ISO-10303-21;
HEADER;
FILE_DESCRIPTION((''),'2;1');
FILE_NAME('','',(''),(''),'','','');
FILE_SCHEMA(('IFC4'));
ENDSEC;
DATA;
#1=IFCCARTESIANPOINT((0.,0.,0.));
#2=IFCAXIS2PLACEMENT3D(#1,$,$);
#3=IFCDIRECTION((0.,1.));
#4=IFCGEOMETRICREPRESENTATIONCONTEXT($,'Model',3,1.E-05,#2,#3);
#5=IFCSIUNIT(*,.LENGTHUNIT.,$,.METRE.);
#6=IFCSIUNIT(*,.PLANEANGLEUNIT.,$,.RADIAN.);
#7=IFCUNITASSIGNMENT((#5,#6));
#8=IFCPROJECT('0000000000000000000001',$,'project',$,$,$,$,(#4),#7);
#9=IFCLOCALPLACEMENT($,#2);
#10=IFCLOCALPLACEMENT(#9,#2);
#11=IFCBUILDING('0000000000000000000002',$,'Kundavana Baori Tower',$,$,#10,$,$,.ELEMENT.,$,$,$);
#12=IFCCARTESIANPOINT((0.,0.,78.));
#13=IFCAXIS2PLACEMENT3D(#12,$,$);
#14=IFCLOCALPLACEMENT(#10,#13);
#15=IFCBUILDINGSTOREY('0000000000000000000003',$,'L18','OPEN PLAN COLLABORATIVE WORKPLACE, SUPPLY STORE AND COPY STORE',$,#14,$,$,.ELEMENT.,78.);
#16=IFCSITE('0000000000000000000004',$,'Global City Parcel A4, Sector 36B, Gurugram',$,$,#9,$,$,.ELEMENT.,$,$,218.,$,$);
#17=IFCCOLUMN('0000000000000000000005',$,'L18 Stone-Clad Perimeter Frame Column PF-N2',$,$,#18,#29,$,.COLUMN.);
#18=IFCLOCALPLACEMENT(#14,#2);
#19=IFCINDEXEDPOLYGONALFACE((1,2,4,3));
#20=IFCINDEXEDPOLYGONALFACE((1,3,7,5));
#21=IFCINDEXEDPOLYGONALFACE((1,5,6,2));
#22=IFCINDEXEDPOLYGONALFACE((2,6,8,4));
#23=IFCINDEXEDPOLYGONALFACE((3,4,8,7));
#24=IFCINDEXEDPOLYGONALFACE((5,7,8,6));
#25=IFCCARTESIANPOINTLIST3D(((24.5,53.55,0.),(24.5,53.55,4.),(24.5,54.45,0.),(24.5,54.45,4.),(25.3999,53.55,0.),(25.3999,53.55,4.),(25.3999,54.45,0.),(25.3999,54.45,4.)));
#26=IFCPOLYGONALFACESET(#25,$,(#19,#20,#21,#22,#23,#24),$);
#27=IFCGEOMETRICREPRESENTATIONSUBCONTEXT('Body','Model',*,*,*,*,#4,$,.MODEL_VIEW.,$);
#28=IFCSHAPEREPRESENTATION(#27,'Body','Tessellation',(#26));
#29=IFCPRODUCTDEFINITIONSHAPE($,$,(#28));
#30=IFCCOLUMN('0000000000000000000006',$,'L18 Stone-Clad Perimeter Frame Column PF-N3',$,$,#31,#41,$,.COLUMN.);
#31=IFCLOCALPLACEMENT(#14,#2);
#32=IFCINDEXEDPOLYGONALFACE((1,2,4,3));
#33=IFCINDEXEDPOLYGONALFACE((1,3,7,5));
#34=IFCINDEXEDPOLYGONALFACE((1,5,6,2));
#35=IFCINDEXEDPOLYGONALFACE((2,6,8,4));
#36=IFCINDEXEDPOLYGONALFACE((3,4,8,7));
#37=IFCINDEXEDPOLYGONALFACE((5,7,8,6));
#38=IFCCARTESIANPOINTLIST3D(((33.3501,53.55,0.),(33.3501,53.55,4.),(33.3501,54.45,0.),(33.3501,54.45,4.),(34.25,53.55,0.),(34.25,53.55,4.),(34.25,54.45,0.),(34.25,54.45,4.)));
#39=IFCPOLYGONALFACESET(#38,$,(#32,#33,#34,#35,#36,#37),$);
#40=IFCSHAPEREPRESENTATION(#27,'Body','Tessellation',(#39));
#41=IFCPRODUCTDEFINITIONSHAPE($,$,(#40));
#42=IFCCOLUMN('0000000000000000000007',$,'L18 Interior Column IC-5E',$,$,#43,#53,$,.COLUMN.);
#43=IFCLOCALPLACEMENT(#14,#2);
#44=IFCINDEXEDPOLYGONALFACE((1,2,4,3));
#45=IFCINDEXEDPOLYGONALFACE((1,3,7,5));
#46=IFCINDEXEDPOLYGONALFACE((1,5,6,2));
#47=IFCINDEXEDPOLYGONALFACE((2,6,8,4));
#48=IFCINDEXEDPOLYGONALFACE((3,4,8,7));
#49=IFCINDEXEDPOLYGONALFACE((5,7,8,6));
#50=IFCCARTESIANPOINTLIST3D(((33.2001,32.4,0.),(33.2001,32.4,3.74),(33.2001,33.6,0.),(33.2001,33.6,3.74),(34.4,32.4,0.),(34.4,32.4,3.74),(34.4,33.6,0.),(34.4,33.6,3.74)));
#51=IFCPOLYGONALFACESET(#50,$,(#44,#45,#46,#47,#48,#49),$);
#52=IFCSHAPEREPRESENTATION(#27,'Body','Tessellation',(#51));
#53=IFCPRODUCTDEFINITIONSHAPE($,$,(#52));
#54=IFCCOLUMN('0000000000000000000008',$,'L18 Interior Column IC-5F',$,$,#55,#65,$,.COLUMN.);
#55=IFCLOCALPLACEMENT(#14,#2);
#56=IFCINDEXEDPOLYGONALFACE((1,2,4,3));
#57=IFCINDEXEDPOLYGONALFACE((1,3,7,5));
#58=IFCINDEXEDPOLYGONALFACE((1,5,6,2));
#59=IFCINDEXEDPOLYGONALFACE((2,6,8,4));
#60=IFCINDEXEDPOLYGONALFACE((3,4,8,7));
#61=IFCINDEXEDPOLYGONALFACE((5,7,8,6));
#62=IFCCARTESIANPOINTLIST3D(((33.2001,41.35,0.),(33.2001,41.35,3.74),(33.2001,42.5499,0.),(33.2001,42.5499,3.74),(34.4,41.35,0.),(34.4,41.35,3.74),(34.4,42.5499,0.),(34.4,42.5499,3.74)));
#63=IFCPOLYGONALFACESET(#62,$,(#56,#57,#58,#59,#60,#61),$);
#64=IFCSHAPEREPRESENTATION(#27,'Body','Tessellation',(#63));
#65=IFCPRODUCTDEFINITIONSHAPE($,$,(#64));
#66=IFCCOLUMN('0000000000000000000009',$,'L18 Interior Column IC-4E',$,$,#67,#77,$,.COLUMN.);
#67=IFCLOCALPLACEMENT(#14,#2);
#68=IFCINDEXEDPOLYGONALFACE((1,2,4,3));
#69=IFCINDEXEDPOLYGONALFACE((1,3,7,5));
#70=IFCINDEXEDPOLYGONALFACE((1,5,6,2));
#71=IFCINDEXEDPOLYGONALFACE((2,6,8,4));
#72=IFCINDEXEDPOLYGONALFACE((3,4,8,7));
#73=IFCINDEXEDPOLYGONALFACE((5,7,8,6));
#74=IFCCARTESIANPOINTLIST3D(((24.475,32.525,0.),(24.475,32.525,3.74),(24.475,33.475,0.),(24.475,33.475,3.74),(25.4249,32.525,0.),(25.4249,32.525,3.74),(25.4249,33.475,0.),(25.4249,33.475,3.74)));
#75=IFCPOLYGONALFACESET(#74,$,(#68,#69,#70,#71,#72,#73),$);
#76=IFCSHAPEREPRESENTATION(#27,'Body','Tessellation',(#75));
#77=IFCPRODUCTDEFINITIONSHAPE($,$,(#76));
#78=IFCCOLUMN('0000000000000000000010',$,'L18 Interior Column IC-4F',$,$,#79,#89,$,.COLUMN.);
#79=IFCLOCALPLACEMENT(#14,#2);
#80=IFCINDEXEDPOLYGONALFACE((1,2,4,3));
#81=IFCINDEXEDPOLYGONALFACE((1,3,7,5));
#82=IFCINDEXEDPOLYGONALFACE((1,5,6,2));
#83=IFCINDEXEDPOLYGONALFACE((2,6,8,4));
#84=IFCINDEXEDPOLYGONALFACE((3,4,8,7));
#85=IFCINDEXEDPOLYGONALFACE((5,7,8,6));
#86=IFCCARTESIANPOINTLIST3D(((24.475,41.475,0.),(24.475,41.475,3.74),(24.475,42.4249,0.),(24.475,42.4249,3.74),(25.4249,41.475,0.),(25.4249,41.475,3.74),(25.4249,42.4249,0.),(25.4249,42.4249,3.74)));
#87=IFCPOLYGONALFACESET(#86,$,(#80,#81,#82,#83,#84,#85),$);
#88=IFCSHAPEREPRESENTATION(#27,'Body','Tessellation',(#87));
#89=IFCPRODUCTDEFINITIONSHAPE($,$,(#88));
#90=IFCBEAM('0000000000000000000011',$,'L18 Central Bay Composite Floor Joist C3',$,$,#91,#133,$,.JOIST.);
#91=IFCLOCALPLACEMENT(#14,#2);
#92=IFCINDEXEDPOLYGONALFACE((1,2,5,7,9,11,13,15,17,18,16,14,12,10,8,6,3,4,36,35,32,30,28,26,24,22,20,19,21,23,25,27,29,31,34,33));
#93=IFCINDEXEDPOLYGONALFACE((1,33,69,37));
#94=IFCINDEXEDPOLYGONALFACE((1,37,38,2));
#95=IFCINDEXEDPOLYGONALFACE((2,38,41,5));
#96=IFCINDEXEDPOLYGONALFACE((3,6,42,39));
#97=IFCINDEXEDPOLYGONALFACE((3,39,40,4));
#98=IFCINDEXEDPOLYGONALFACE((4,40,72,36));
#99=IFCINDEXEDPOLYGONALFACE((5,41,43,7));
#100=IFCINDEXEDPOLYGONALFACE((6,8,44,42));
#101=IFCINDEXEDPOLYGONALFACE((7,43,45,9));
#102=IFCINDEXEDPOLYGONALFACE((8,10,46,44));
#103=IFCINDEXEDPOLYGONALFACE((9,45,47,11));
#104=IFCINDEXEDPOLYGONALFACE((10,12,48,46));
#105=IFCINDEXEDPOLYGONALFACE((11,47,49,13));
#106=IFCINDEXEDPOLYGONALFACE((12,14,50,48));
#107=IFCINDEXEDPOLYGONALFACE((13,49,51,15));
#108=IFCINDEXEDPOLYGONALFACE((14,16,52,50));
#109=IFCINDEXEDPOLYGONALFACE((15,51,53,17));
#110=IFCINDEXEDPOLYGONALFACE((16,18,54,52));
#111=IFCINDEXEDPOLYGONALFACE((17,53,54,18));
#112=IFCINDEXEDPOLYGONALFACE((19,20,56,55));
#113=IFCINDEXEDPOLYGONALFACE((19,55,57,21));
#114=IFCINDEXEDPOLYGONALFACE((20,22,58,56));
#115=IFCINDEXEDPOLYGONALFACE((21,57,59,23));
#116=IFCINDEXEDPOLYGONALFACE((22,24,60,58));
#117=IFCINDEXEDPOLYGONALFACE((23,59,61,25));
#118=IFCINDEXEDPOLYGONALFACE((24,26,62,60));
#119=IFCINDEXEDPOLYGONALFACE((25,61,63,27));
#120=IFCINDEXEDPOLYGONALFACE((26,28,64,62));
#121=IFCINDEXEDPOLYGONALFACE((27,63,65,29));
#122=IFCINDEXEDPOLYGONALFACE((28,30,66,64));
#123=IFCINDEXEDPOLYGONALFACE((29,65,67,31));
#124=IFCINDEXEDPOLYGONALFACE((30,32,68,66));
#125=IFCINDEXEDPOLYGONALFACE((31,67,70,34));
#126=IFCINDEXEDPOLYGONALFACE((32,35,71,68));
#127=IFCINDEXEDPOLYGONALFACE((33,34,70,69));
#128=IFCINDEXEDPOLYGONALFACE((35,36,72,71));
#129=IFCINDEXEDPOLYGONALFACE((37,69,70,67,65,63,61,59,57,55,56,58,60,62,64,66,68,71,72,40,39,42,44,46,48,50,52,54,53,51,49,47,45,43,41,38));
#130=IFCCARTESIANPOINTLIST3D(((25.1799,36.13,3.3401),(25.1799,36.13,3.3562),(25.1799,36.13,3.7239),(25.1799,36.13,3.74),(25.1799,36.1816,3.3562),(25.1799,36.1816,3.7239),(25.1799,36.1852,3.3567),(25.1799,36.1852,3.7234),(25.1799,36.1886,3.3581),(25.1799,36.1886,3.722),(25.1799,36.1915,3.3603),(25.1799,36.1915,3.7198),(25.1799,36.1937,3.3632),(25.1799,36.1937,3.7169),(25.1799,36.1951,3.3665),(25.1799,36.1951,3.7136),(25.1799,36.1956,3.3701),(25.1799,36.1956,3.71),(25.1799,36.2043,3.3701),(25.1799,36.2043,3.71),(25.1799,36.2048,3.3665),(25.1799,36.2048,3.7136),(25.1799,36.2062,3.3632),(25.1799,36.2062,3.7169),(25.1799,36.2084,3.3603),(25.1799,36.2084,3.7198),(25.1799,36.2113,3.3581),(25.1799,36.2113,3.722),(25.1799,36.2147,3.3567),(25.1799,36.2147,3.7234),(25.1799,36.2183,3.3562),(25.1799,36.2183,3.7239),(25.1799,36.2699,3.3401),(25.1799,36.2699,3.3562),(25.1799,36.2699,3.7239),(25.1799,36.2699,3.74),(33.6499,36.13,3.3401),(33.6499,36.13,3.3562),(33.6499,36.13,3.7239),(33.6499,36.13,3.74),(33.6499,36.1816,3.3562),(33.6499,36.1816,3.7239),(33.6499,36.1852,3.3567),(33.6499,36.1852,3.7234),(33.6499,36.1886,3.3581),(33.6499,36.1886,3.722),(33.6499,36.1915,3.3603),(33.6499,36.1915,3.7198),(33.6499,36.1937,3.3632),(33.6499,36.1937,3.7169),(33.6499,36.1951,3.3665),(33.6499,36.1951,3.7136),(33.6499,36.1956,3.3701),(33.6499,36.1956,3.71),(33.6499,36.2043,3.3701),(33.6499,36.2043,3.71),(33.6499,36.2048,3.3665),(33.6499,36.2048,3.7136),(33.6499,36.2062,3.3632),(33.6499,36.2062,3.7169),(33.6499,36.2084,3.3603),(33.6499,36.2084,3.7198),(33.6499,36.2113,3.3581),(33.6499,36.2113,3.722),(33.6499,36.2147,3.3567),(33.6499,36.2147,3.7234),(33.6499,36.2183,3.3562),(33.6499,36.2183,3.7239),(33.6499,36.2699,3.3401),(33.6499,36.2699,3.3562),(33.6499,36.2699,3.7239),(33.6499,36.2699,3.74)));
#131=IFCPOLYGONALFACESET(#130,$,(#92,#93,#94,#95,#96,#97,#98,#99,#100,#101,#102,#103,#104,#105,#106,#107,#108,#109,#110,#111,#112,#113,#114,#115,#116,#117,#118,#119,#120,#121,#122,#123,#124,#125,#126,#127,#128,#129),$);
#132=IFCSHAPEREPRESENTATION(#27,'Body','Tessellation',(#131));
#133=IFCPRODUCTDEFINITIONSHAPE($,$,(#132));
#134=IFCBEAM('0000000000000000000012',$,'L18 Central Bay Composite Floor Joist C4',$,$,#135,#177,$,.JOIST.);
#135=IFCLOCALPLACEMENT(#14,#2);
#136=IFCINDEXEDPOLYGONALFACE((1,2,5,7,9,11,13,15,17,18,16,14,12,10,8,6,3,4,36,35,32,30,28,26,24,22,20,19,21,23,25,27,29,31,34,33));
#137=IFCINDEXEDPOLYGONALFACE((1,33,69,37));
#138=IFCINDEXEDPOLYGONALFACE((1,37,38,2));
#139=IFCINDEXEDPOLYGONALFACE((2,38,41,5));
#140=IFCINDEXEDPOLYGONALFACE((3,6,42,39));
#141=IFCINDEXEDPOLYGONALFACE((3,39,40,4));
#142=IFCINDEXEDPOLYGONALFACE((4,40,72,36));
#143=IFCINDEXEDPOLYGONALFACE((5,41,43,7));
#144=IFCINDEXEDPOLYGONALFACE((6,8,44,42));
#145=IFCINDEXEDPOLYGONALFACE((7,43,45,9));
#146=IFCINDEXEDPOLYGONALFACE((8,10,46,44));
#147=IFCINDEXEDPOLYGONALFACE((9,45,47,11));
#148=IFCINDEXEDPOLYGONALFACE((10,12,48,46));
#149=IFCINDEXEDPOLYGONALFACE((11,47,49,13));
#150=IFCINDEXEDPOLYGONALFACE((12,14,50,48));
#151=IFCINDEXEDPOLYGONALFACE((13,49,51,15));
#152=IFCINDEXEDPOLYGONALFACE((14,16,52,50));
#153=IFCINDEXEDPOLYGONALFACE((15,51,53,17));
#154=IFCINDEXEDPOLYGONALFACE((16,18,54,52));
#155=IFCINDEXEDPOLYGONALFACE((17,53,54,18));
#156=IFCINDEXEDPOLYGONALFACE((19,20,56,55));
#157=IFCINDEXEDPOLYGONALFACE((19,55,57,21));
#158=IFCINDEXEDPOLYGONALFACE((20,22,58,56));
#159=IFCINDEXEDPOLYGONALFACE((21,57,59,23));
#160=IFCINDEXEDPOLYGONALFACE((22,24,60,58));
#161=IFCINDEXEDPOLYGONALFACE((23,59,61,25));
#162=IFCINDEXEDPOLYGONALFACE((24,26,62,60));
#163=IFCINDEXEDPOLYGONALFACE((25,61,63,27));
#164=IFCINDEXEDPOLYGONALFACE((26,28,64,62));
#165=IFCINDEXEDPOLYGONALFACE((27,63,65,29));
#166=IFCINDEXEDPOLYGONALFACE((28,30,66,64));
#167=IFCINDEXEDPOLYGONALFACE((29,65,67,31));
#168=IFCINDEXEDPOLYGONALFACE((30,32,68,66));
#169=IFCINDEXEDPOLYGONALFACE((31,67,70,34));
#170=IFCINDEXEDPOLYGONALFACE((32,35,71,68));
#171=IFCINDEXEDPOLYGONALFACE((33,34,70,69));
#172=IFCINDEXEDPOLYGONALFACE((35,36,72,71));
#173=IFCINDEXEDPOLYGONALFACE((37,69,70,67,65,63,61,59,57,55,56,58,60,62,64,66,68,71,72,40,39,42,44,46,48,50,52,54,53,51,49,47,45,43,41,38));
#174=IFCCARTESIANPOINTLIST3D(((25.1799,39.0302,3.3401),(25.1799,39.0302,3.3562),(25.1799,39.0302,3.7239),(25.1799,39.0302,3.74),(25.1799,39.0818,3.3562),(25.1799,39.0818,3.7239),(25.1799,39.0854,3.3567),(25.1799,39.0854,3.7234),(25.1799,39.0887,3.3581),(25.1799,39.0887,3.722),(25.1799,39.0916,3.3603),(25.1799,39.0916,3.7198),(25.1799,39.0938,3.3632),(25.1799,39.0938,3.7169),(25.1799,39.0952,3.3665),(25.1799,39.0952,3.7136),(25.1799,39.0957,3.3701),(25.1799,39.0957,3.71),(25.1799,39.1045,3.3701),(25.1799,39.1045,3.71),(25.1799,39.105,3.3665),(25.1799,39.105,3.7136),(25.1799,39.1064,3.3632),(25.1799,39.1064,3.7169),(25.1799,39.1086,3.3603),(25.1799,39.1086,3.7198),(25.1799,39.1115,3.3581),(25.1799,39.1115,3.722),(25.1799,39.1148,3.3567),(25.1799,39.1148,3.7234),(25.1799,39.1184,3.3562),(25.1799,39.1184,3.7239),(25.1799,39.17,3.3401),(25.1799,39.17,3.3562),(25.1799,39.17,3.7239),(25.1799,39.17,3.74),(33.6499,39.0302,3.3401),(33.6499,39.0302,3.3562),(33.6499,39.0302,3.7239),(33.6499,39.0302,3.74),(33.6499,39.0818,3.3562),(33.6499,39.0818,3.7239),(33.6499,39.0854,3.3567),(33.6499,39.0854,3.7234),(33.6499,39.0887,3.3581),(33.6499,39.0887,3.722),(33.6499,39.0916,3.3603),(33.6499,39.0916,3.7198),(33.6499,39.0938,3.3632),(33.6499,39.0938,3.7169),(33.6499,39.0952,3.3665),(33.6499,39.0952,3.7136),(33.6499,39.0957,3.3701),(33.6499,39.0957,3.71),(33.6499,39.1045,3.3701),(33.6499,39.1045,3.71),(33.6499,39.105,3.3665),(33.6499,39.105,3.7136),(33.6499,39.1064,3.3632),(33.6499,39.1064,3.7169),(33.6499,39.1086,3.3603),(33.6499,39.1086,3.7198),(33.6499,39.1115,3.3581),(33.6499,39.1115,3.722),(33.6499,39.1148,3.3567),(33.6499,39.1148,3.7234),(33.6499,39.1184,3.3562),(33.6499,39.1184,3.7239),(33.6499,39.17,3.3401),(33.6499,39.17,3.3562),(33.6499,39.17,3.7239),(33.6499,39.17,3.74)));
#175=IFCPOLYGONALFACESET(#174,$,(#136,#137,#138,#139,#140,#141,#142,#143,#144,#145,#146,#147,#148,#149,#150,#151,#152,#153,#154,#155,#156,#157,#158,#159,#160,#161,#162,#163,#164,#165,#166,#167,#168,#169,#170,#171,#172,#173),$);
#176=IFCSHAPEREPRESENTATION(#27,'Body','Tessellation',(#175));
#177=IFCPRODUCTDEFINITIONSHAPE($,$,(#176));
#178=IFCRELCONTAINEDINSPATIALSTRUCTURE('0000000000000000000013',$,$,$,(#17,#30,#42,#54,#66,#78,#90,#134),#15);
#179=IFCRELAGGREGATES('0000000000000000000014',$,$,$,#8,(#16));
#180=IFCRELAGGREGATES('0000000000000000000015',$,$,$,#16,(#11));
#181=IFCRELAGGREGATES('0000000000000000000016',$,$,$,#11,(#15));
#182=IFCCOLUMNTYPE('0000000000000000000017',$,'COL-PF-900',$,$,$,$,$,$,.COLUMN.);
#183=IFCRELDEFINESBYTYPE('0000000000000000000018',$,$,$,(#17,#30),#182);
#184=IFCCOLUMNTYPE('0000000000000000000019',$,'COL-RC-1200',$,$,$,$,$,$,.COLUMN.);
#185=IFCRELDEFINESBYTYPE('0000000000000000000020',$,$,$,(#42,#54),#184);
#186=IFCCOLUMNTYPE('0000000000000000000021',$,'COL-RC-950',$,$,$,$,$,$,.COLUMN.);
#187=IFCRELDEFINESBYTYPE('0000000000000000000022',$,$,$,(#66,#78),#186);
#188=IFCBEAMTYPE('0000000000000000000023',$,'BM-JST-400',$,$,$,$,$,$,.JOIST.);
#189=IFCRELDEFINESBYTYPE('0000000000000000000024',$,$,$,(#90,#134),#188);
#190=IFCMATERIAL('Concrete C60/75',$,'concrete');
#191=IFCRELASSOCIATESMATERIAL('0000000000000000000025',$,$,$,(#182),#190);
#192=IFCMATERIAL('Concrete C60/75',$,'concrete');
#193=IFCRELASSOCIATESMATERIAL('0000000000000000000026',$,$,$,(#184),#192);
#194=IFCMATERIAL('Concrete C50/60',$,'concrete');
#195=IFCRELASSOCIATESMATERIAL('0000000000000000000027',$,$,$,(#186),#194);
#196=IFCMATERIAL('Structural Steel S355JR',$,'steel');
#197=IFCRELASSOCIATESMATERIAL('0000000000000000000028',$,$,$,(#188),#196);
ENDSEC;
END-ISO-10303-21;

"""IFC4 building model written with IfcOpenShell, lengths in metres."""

from ifc_helpers import new_model, si_unit, direction, frame, origin, origin_2d, place, context, subcontext, project, spatial, rectangle, i_section, extrude, material, material_profile, profile_set, type_object, element, save


model = new_model("IFC4")

# Units and contexts
model_context = context("Model", 3, precision=1e-05, world=origin(), true_north=direction((0.0, 1.0)))
body_context = subcontext(model_context, "Body", "Model", "MODEL_VIEW")
ifc_project = project(units=[si_unit("LENGTHUNIT", "METRE"), si_unit("PLANEANGLEUNIT", "RADIAN")], contexts=[model_context])

# Site, building, storey
site_placement = place(None, origin())
site = spatial("IfcSite", under=ifc_project, at=site_placement, Name="Global City Parcel A4, Sector 36B, Gurugram", CompositionType="ELEMENT", RefElevation=218.0)
building_placement = place(site_placement, origin())
building = spatial("IfcBuilding", under=site, at=building_placement, Name="Kundavana Baori Tower", CompositionType="ELEMENT")
storey_placement = place(building_placement, frame((0.0, 0.0, 78.0)))
storey = spatial("IfcBuildingStorey", under=building, at=storey_placement, Name="L18", Description="OPEN PLAN COLLABORATIVE WORKPLACE, SUPPLY STORE AND COPY STORE", CompositionType="ELEMENT", Elevation=78.0)

# Columns
ifc_material_1 = material(Name="Concrete C60/75", Category="concrete")
ifc_material_profile_1 = material_profile(ifc_material_1, rectangle(XDim=0.8999, YDim=0.8999, at=origin_2d()), Name="RC PF 900x900")
ifc_profile_set_1 = profile_set([ifc_material_profile_1], Name="Concrete C60/75")
column_type_1 = type_object("IfcColumnType", Name="COL-PF-900", PredefinedType="COLUMN", material=ifc_profile_set_1)
for number, where, z_axis, x_axis, name in (
    (1, (24.95, 54.0, 0.0), (0.0, 0.0, 1.0), (1.0, 0.0, 0.0), "L18 Stone-Clad Perimeter Frame Column PF-N2"),
    (2, (33.8, 54.0, 0.0), (0.0, 0.0, 1.0), (1.0, 0.0, 0.0), "L18 Stone-Clad Perimeter Frame Column PF-N3"),
):
    element("IfcColumn", number, at=place(storey_placement, frame(where, z_axis=z_axis, x_axis=x_axis)), inside=storey, type_object=column_type_1, Name=name, PredefinedType="COLUMN", context=body_context, shape_type="SweptSolid", body=[
        extrude(rectangle(XDim=0.8999, YDim=0.8999, at=origin_2d()), origin(), (0.0, 0.0, 1.0), 4.0),
    ])
ifc_material_2 = material(Name="Concrete C60/75", Category="concrete")
ifc_material_profile_2 = material_profile(ifc_material_2, rectangle(XDim=1.2, YDim=1.2, at=origin_2d()), Name="RC 1200x1200")
ifc_profile_set_2 = profile_set([ifc_material_profile_2], Name="Concrete C60/75")
column_type_2 = type_object("IfcColumnType", Name="COL-RC-1200", PredefinedType="COLUMN", material=ifc_profile_set_2)
for number, where, z_axis, x_axis, name in (
    (3, (33.8, 33.0, 0.0), (0.0, 0.0, 1.0), (1.0, 0.0, 0.0), "L18 Interior Column IC-5E"),
    (4, (33.8, 41.95, 0.0), (0.0, 0.0, 1.0), (1.0, 0.0, 0.0), "L18 Interior Column IC-5F"),
):
    element("IfcColumn", number, at=place(storey_placement, frame(where, z_axis=z_axis, x_axis=x_axis)), inside=storey, type_object=column_type_2, Name=name, PredefinedType="COLUMN", context=body_context, shape_type="SweptSolid", body=[
        extrude(rectangle(XDim=1.2, YDim=1.2, at=origin_2d()), origin(), (0.0, 0.0, 1.0), 3.74),
    ])
ifc_material_3 = material(Name="Concrete C50/60", Category="concrete")
ifc_material_profile_3 = material_profile(ifc_material_3, rectangle(XDim=0.95, YDim=0.95, at=origin_2d()), Name="RC 950x950")
ifc_profile_set_3 = profile_set([ifc_material_profile_3], Name="Concrete C50/60")
column_type_3 = type_object("IfcColumnType", Name="COL-RC-950", PredefinedType="COLUMN", material=ifc_profile_set_3)
for number, where, z_axis, x_axis, name in (
    (5, (24.95, 33.0, 0.0), (0.0, 0.0, 1.0), (1.0, 0.0, 0.0), "L18 Interior Column IC-4E"),
    (6, (24.95, 41.95, 0.0), (0.0, 0.0, 1.0), (1.0, 0.0, 0.0), "L18 Interior Column IC-4F"),
):
    element("IfcColumn", number, at=place(storey_placement, frame(where, z_axis=z_axis, x_axis=x_axis)), inside=storey, type_object=column_type_3, Name=name, PredefinedType="COLUMN", context=body_context, shape_type="SweptSolid", body=[
        extrude(rectangle(XDim=0.95, YDim=0.95, at=origin_2d()), origin(), (0.0, 0.0, 1.0), 3.74),
    ])

# Beams
ifc_material_4 = material(Name="Structural Steel S355JR", Category="steel")
ifc_material_profile_4 = material_profile(ifc_material_4, i_section(OverallWidth=0.1399, OverallDepth=0.3999, WebThickness=0.0088, FlangeThickness=0.0161, FilletRadius=0.0139, at=origin_2d()), Name="ISMB 400")
ifc_profile_set_4 = profile_set([ifc_material_profile_4], Name="Structural Steel S355JR")
beam_type_1 = type_object("IfcBeamType", Name="BM-JST-400", PredefinedType="JOIST", material=ifc_profile_set_4)
for number, where, z_axis, x_axis, name in (
    (7, (25.1799, 36.2, 3.54), (1.0, 0.0, 0.0), (0.0, 1.0, 0.0), "L18 Central Bay Composite Floor Joist C3"),
    (8, (25.1799, 39.1001, 3.54), (1.0, 0.0, 0.0), (0.0, 1.0, 0.0), "L18 Central Bay Composite Floor Joist C4"),
):
    element("IfcBeam", number, at=place(storey_placement, frame(where, z_axis=z_axis, x_axis=x_axis)), inside=storey, type_object=beam_type_1, Name=name, PredefinedType="JOIST", context=body_context, shape_type="SweptSolid", body=[
        extrude(i_section(OverallWidth=0.1399, OverallDepth=0.3999, WebThickness=0.0088, FlangeThickness=0.0161, FilletRadius=0.0139, at=origin_2d()), origin(), (0.0, 0.0, 1.0), 8.47),
    ])

save(model, "model.ifc")
